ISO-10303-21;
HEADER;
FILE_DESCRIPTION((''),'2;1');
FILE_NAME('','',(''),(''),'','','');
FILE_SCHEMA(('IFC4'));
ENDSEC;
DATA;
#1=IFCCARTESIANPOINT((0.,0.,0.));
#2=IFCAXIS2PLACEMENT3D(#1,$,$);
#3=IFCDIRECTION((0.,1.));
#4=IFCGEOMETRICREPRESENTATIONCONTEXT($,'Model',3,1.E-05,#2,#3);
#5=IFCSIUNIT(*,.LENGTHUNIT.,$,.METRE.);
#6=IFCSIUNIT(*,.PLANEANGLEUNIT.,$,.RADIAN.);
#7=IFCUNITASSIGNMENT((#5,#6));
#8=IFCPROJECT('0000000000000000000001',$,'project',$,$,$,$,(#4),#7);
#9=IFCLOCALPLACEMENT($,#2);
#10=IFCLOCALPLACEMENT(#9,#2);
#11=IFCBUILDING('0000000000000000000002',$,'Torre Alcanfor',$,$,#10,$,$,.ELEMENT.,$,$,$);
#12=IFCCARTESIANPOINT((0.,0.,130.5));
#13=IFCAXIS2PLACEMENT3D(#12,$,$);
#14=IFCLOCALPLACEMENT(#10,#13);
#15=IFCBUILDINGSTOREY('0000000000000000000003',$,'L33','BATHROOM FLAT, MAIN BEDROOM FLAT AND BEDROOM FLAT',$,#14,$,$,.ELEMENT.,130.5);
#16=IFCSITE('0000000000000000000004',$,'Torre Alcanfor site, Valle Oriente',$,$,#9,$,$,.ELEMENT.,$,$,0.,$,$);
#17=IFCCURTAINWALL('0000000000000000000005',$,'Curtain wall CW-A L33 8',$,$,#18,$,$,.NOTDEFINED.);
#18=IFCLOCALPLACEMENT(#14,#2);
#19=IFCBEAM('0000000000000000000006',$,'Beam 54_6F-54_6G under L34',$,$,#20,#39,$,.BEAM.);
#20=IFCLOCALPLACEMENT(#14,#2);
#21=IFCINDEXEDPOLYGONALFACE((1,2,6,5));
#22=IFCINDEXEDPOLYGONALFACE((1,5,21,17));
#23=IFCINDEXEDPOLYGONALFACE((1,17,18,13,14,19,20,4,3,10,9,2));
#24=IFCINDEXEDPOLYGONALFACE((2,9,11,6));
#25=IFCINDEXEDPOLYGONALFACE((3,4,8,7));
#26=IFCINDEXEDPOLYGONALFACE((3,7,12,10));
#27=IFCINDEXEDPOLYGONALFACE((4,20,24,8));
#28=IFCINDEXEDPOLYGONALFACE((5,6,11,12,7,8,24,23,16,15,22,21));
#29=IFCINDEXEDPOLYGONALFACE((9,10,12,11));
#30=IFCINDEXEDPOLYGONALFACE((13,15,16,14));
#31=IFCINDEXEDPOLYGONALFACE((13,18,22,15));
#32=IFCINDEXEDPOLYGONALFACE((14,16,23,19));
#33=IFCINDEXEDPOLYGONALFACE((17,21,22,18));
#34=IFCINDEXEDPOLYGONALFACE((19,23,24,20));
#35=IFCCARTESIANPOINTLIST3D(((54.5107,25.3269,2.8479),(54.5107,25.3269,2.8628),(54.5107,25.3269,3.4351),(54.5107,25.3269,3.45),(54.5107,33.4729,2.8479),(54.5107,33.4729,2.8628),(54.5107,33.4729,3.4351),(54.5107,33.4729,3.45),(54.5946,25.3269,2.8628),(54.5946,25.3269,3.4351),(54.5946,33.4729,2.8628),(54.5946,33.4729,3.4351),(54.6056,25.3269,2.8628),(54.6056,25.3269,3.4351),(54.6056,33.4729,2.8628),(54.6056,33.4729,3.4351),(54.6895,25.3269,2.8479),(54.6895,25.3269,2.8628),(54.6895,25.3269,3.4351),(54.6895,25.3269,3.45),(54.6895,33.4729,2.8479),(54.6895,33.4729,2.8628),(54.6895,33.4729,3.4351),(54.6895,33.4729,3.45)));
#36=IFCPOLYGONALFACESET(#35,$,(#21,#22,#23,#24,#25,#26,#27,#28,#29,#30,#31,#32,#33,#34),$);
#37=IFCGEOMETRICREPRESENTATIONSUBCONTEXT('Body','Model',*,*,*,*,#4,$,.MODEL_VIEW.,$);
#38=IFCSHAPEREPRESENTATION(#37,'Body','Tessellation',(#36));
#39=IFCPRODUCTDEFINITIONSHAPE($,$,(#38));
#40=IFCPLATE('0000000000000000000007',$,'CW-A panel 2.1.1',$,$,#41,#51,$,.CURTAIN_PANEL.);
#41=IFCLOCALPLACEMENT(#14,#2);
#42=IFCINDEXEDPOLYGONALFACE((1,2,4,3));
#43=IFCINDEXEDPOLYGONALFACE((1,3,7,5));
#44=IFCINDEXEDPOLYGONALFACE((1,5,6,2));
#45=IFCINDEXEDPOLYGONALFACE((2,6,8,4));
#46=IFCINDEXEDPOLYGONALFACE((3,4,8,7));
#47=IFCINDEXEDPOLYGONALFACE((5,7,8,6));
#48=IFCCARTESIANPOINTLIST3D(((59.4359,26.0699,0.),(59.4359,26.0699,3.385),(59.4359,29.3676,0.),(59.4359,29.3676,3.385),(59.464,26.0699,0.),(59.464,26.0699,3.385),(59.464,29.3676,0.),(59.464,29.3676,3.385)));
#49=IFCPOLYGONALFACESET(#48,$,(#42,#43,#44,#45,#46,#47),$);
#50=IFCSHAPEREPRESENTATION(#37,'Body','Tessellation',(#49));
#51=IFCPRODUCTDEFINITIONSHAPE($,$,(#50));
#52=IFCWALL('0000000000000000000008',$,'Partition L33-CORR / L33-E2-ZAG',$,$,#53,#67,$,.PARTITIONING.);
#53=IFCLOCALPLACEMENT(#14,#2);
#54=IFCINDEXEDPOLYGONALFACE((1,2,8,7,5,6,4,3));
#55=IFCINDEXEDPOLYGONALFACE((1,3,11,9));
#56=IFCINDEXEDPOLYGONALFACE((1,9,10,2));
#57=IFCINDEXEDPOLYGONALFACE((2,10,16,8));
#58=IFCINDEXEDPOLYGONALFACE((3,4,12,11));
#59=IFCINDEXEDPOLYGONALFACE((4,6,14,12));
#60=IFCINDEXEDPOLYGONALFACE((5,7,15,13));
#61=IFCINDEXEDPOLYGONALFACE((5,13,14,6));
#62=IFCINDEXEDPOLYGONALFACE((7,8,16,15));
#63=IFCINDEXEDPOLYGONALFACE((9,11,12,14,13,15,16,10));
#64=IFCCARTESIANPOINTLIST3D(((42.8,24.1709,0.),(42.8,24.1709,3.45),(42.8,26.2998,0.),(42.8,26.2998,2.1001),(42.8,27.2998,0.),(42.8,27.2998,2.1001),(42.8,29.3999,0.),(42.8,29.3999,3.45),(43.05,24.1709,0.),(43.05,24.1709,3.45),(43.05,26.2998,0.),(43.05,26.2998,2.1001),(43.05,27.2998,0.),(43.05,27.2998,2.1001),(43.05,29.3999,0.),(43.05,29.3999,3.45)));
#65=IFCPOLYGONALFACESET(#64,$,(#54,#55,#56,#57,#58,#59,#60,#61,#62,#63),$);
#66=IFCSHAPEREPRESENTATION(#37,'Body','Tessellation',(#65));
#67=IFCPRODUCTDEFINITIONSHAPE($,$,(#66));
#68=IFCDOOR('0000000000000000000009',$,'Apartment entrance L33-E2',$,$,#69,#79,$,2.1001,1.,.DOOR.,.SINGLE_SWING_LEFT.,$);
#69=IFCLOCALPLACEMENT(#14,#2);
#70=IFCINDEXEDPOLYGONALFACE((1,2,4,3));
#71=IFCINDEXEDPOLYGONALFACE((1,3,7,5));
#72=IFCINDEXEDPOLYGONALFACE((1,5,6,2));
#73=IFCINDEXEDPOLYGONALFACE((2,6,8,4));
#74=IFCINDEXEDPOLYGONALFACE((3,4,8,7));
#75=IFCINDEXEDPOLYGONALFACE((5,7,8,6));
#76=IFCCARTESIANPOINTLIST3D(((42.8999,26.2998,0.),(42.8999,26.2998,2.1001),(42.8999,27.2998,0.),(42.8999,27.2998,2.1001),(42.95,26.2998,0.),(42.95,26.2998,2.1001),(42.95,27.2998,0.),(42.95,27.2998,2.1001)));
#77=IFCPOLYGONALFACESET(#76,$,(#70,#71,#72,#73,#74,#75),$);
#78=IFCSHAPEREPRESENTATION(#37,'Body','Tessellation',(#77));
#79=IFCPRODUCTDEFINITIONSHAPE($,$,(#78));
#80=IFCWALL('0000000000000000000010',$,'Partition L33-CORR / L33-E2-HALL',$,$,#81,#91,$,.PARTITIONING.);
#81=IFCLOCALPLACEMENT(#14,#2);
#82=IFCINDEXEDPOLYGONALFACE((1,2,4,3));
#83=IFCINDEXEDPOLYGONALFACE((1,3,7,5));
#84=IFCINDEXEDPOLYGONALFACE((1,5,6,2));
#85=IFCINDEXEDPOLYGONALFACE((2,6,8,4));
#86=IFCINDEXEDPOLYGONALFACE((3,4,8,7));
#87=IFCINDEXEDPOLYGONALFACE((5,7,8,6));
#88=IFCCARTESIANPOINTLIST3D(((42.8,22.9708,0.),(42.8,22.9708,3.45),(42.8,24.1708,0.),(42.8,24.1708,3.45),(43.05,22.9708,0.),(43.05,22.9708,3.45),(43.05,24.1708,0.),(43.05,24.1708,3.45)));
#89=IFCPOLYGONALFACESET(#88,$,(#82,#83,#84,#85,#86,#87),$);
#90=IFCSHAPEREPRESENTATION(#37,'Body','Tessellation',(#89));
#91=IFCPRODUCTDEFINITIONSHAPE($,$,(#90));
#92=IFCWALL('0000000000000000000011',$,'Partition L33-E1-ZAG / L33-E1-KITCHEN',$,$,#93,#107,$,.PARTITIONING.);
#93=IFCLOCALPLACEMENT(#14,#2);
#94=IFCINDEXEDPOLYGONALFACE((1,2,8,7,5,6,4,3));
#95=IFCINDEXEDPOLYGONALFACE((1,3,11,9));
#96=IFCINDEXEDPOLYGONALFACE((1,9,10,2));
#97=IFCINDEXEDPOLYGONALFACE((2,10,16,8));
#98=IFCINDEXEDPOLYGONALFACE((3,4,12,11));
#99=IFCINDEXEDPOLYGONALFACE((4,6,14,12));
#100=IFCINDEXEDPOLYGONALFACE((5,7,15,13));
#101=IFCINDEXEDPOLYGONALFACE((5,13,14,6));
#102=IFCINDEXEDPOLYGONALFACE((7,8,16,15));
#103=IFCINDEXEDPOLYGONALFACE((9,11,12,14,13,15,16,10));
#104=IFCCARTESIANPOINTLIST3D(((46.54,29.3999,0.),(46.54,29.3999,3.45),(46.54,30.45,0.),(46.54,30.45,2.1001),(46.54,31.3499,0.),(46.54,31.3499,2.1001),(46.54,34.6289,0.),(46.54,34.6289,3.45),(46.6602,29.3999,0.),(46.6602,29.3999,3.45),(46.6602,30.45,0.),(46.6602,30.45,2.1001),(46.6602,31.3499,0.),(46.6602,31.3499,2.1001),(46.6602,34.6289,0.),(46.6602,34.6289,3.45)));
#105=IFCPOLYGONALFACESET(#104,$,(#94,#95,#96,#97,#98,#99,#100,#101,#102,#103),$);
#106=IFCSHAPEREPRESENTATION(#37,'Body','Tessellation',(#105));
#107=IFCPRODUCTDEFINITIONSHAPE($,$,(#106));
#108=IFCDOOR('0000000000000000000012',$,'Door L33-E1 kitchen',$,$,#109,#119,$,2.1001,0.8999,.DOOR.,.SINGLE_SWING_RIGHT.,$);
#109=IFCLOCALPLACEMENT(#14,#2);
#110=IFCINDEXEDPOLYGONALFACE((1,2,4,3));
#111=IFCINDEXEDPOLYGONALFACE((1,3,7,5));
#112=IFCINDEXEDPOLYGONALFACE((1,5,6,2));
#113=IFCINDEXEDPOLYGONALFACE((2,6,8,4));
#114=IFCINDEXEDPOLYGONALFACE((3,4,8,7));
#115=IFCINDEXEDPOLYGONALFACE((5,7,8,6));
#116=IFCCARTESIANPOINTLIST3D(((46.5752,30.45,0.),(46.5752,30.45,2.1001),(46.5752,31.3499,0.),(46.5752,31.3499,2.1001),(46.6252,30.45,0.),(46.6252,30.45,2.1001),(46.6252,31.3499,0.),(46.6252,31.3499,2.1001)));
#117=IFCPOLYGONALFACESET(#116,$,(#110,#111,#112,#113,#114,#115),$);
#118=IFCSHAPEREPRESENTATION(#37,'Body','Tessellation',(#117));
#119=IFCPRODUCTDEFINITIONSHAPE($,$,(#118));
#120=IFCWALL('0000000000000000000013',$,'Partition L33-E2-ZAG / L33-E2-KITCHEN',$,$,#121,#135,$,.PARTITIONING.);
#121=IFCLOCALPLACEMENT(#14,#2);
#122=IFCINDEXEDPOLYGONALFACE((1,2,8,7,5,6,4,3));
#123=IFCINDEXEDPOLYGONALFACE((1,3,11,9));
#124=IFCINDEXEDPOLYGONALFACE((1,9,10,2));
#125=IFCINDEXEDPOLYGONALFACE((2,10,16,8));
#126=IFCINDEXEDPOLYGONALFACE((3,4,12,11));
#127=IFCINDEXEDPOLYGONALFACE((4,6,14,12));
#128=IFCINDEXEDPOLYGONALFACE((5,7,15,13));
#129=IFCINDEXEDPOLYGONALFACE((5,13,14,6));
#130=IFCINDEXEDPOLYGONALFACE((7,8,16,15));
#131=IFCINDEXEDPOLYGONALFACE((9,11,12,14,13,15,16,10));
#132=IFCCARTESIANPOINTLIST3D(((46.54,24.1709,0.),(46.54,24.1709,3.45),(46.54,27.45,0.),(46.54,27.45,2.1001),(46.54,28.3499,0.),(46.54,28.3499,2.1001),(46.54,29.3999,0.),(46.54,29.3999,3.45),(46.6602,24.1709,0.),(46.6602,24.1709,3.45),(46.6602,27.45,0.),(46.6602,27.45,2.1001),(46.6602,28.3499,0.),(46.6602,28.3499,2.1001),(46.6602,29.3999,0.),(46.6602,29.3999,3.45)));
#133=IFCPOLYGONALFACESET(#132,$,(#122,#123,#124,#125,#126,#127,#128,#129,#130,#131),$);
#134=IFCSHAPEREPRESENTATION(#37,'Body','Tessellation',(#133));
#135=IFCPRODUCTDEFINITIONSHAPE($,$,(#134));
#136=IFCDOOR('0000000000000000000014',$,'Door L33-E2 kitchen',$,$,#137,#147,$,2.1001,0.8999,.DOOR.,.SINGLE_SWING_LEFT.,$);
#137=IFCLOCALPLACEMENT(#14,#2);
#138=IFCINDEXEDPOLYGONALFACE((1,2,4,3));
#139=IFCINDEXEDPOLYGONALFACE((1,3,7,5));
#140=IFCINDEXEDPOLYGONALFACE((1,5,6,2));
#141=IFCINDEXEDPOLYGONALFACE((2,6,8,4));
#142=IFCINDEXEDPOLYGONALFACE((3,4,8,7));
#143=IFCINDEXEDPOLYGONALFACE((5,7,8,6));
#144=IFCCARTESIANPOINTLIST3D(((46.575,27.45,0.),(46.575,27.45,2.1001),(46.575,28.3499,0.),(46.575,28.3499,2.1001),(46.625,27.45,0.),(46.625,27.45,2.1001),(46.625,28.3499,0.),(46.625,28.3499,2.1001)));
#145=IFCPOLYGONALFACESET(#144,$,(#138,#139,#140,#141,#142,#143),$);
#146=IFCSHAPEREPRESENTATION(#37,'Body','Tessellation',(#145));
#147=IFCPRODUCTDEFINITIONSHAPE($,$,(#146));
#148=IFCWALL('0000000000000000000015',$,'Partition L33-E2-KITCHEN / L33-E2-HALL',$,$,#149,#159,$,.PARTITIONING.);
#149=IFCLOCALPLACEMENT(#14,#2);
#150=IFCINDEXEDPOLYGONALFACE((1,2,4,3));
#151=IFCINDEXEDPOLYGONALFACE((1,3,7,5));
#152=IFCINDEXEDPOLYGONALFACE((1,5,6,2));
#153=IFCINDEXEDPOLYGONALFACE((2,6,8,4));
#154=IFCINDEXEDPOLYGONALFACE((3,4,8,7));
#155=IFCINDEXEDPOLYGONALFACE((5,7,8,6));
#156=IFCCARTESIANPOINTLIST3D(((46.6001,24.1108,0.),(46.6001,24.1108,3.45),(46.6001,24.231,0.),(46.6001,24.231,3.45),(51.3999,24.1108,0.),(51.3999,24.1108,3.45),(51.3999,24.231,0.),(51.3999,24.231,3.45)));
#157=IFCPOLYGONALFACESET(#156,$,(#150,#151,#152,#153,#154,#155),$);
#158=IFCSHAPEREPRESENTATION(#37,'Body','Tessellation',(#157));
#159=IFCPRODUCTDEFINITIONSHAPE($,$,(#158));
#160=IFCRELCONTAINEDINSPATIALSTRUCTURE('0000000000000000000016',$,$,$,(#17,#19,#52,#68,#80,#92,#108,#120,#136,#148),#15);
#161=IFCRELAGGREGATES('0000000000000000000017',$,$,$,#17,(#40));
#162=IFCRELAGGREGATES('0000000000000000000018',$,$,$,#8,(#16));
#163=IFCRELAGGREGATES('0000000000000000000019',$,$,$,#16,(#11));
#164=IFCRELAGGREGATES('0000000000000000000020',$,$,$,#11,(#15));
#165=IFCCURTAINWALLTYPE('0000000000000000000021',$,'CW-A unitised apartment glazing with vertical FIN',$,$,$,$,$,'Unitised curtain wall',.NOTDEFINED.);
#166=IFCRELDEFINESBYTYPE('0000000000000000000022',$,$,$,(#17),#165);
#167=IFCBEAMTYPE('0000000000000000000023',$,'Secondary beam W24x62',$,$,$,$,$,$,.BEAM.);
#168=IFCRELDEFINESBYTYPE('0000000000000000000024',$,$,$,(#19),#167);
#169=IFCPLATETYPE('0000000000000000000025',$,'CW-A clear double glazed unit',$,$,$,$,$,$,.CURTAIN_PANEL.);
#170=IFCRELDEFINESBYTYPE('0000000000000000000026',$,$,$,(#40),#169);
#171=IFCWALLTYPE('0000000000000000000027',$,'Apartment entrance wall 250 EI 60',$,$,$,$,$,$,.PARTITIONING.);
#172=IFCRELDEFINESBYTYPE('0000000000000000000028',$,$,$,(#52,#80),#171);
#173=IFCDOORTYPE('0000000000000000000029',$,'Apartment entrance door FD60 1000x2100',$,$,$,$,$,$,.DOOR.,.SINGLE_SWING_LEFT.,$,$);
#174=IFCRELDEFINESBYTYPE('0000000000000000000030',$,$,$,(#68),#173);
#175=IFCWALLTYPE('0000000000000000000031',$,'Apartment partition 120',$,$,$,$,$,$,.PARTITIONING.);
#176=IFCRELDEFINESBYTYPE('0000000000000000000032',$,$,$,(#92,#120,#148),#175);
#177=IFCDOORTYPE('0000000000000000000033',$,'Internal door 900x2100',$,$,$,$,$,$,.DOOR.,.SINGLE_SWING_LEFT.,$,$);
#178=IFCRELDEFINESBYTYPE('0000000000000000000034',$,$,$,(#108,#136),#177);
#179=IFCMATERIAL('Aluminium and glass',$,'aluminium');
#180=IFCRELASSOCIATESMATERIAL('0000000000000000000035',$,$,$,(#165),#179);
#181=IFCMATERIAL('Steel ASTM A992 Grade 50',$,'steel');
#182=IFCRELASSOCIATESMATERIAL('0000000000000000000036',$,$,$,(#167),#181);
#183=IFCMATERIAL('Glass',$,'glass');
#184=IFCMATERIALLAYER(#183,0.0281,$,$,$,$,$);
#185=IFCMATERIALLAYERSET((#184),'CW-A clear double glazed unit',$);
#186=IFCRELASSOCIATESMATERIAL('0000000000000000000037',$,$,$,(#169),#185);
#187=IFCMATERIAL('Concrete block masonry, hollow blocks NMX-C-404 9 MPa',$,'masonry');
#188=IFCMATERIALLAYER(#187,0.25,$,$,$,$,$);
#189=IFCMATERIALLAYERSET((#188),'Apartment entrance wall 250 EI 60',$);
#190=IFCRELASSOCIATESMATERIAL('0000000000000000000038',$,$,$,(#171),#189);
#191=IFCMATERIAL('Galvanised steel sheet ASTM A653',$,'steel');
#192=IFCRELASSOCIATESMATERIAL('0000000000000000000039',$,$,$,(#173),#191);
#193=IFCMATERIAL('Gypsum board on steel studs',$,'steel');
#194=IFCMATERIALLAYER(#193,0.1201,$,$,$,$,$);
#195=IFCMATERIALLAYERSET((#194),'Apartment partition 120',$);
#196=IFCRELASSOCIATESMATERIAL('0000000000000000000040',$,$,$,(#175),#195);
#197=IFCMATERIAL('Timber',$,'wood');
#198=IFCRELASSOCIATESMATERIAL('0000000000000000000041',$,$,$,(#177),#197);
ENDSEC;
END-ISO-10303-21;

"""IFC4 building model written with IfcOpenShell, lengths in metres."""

from ifc_helpers import new_model, si_unit, direction, frame, frame_2d, origin, origin_2d, place, context, subcontext, project, spatial, rectangle, i_section, extrude, material, layer, layer_set, material_profile, profile_set, type_object, element, fill, aggregate, save


model = new_model("IFC4")

# Units and contexts
model_context = context("Model", 3, precision=1e-05, world=origin(), true_north=direction((0.0, 1.0)))
body_context = subcontext(model_context, "Body", "Model", "MODEL_VIEW")
ifc_project = project(units=[si_unit("LENGTHUNIT", "METRE"), si_unit("PLANEANGLEUNIT", "RADIAN")], contexts=[model_context])

# Site, building, storey
site_placement = place(None, origin())
site = spatial("IfcSite", under=ifc_project, at=site_placement, Name="Torre Alcanfor site, Valle Oriente", CompositionType="ELEMENT", RefElevation=0.0)
building_placement = place(site_placement, origin())
building = spatial("IfcBuilding", under=site, at=building_placement, Name="Torre Alcanfor", CompositionType="ELEMENT")
storey_placement = place(building_placement, frame((0.0, 0.0, 130.5)))
storey = spatial("IfcBuildingStorey", under=building, at=storey_placement, Name="L33", Description="BATHROOM FLAT, MAIN BEDROOM FLAT AND BEDROOM FLAT", CompositionType="ELEMENT", Elevation=130.5)

# Curtain wall
ifc_material_1 = material(Name="Aluminium and glass", Category="aluminium")
curtain_wall_type = type_object("IfcCurtainWallType", Name="CW-A unitised apartment glazing with vertical FIN", ElementType="Unitised curtain wall", PredefinedType="NOTDEFINED", material=ifc_material_1)
curtain_wall_placement = place(storey_placement, origin())
curtain_wall = element("IfcCurtainWall", 1, at=curtain_wall_placement, inside=storey, type_object=curtain_wall_type, Name="Curtain wall CW-A L33 8", PredefinedType="NOTDEFINED")

# Beam
ifc_material_2 = material(Name="Steel ASTM A992 Grade 50", Category="steel")
ifc_material_profile_1 = material_profile(ifc_material_2, i_section(OverallWidth=0.1787, OverallDepth=0.6021, WebThickness=0.011, FlangeThickness=0.0149, at=origin_2d()), Name="W24x62")
ifc_profile_set_1 = profile_set([ifc_material_profile_1], Name="Steel ASTM A992 Grade 50")
beam_type_1 = type_object("IfcBeamType", Name="Secondary beam W24x62", PredefinedType="BEAM", material=ifc_profile_set_1)
for number, where, z_axis, x_axis, name in (
    (2, (54.6001, 25.3269, 3.1489), (0.0, 1.0, 0.0), (-1.0, 0.0, 0.0), "Beam 54_6F-54_6G under L34"),
):
    element("IfcBeam", number, at=place(storey_placement, frame(where, z_axis=z_axis, x_axis=x_axis)), inside=storey, type_object=beam_type_1, Name=name, PredefinedType="BEAM", context=body_context, shape_type="SweptSolid", body=[
        extrude(i_section(OverallWidth=0.1787, OverallDepth=0.6021, WebThickness=0.011, FlangeThickness=0.0149, at=origin_2d()), origin(), (0.0, 0.0, 1.0), 8.146),
    ])

# Plate
ifc_material_3 = material(Name="Glass", Category="glass")
ifc_layer_1 = layer(ifc_material_3, 0.0281)
ifc_layer_set_1 = layer_set([ifc_layer_1], Name="CW-A clear double glazed unit")
plate_type = type_object("IfcPlateType", Name="CW-A clear double glazed unit", PredefinedType="CURTAIN_PANEL", material=ifc_layer_set_1)
plate_placement = place(storey_placement, frame((59.45, 27.7188, 0.0), z_axis=(0.0, 0.0, 1.0), x_axis=(0.0, 1.0, 0.0)))
plate = element("IfcPlate", 3, at=plate_placement, type_object=plate_type, Name="CW-A panel 2.1.1", PredefinedType="CURTAIN_PANEL", context=body_context, shape_type="SweptSolid", body=[
    extrude(rectangle(XDim=3.2976, YDim=0.0281, at=origin_2d()), origin(), (0.0, 0.0, 1.0), 3.385),
])
aggregate(curtain_wall, [plate])

# Wall, opening, door
ifc_material_4 = material(Name="Concrete block masonry, hollow blocks NMX-C-404 9 MPa", Category="masonry")
ifc_layer_2 = layer(ifc_material_4, 0.25)
ifc_layer_set_2 = layer_set([ifc_layer_2], Name="Apartment entrance wall 250 EI 60")
wall_type_1 = type_object("IfcWallType", Name="Apartment entrance wall 250 EI 60", PredefinedType="PARTITIONING", material=ifc_layer_set_2)
wall_1_placement = place(storey_placement, frame((42.925, 29.3999, 0.0), z_axis=(0.0, 0.0, 1.0), x_axis=(0.0, -1.0, 0.0)))
wall_1 = element("IfcWall", 4, at=wall_1_placement, inside=storey, type_object=wall_type_1, Name="Partition L33-CORR / L33-E2-ZAG", PredefinedType="PARTITIONING", context=body_context, shape_type="SweptSolid", body=[
    extrude(rectangle(XDim=5.229, YDim=0.25, at=frame_2d((2.6145, 0.0))), origin(), (0.0, 0.0, 1.0), 3.45),
])
opening_1_placement = place(wall_1_placement, frame((2.1001, 0.0, 0.0)))
opening_1 = element("IfcOpeningElement", 5, at=opening_1_placement, cuts=wall_1, PredefinedType="OPENING", context=body_context, shape_type="SweptSolid", body=[
    extrude(rectangle(XDim=1.0, YDim=2.1001, at=frame_2d((0.5, 1.05))), frame((0.0, 0.135, 0.0), z_axis=(0.0, -1.0, 0.0), x_axis=(1.0, 0.0, 0.0)), (0.0, 0.0, 1.0), 0.27),
])
ifc_material_5 = material(Name="Galvanised steel sheet ASTM A653", Category="steel")
door_type_1 = type_object("IfcDoorType", Name="Apartment entrance door FD60 1000x2100", OperationType="SINGLE_SWING_LEFT", PredefinedType="DOOR", material=ifc_material_5)
door_1_placement = place(opening_1_placement, origin())
door_1 = element("IfcDoor", 6, at=door_1_placement, inside=storey, type_object=door_type_1, Name="Apartment entrance L33-E2", OperationType="SINGLE_SWING_LEFT", OverallHeight=2.1001, OverallWidth=1.0, PredefinedType="DOOR", context=body_context, shape_type="SweptSolid", body=[
    extrude(rectangle(XDim=1.0, YDim=2.1001, at=frame_2d((0.5, 1.05))), frame((0.0, 0.0249, 0.0), z_axis=(0.0, -1.0, 0.0), x_axis=(1.0, 0.0, 0.0)), (0.0, 0.0, 1.0), 0.05),
])
fill(opening_1, door_1)

# Wall
wall_2_placement = place(storey_placement, frame((42.925, 24.1709, 0.0), z_axis=(0.0, 0.0, 1.0), x_axis=(0.0, -1.0, 0.0)))
element("IfcWall", 7, at=wall_2_placement, inside=storey, type_object=wall_type_1, Name="Partition L33-CORR / L33-E2-HALL", PredefinedType="PARTITIONING", context=body_context, shape_type="SweptSolid", body=[
    extrude(rectangle(XDim=1.2, YDim=0.25, at=frame_2d((0.6001, 0.0))), origin(), (0.0, 0.0, 1.0), 3.45),
])

# Walls, openings, doors
ifc_material_6 = material(Name="Gypsum board on steel studs", Category="steel")
ifc_layer_3 = layer(ifc_material_6, 0.1201)
ifc_layer_set_3 = layer_set([ifc_layer_3], Name="Apartment partition 120")
wall_type_2 = type_object("IfcWallType", Name="Apartment partition 120", PredefinedType="PARTITIONING", material=ifc_layer_set_3)
wall_3_placement = place(storey_placement, frame((46.6001, 29.3999, 0.0), z_axis=(0.0, 0.0, 1.0), x_axis=(0.0, 1.0, 0.0)))
wall_3 = element("IfcWall", 8, at=wall_3_placement, inside=storey, type_object=wall_type_2, Name="Partition L33-E1-ZAG / L33-E1-KITCHEN", PredefinedType="PARTITIONING", context=body_context, shape_type="SweptSolid", body=[
    extrude(rectangle(XDim=5.229, YDim=0.1201, at=frame_2d((2.6145, 0.0))), origin(), (0.0, 0.0, 1.0), 3.45),
])
opening_2_placement = place(wall_3_placement, frame((1.05, 0.0, 0.0)))
opening_2 = element("IfcOpeningElement", 9, at=opening_2_placement, cuts=wall_3, PredefinedType="OPENING", context=body_context, shape_type="SweptSolid", body=[
    extrude(rectangle(XDim=0.8999, YDim=2.1001, at=frame_2d((0.45, 1.05))), frame((0.0, 0.0701, 0.0), z_axis=(0.0, -1.0, 0.0), x_axis=(1.0, 0.0, 0.0)), (0.0, 0.0, 1.0), 0.1401),
])
ifc_material_7 = material(Name="Timber", Category="wood")
door_type_2 = type_object("IfcDoorType", Name="Internal door 900x2100", OperationType="SINGLE_SWING_LEFT", PredefinedType="DOOR", material=ifc_material_7)
door_2_placement = place(opening_2_placement, frame((0.8999, 0.0, 0.0), z_axis=(0.0, 0.0, 1.0), x_axis=(-1.0, 0.0, 0.0)))
door_2 = element("IfcDoor", 10, at=door_2_placement, inside=storey, type_object=door_type_2, Name="Door L33-E1 kitchen", OperationType="SINGLE_SWING_RIGHT", OverallHeight=2.1001, OverallWidth=0.8999, PredefinedType="DOOR", context=body_context, shape_type="SweptSolid", body=[
    extrude(rectangle(XDim=0.8999, YDim=2.1001, at=frame_2d((0.45, 1.05))), frame((0.0, 0.0251, 0.0), z_axis=(0.0, -1.0, 0.0), x_axis=(1.0, 0.0, 0.0)), (0.0, 0.0, 1.0), 0.05),
])
fill(opening_2, door_2)
wall_4_placement = place(storey_placement, frame((46.6001, 29.3999, 0.0), z_axis=(0.0, 0.0, 1.0), x_axis=(0.0, -1.0, 0.0)))
wall_4 = element("IfcWall", 11, at=wall_4_placement, inside=storey, type_object=wall_type_2, Name="Partition L33-E2-ZAG / L33-E2-KITCHEN", PredefinedType="PARTITIONING", context=body_context, shape_type="SweptSolid", body=[
    extrude(rectangle(XDim=5.229, YDim=0.1201, at=frame_2d((2.6145, 0.0))), origin(), (0.0, 0.0, 1.0), 3.45),
])
opening_3_placement = place(wall_4_placement, frame((1.05, 0.0, 0.0)))
opening_3 = element("IfcOpeningElement", 12, at=opening_3_placement, cuts=wall_4, PredefinedType="OPENING", context=body_context, shape_type="SweptSolid", body=[
    extrude(rectangle(XDim=0.8999, YDim=2.1001, at=frame_2d((0.45, 1.05))), frame((0.0, 0.0701, 0.0), z_axis=(0.0, -1.0, 0.0), x_axis=(1.0, 0.0, 0.0)), (0.0, 0.0, 1.0), 0.1401),
])
door_3_placement = place(opening_3_placement, origin())
door_3 = element("IfcDoor", 13, at=door_3_placement, inside=storey, type_object=door_type_2, Name="Door L33-E2 kitchen", OperationType="SINGLE_SWING_LEFT", OverallHeight=2.1001, OverallWidth=0.8999, PredefinedType="DOOR", context=body_context, shape_type="SweptSolid", body=[
    extrude(rectangle(XDim=0.8999, YDim=2.1001, at=frame_2d((0.45, 1.05))), frame((0.0, 0.0249, 0.0), z_axis=(0.0, -1.0, 0.0), x_axis=(1.0, 0.0, 0.0)), (0.0, 0.0, 1.0), 0.05),
])
fill(opening_3, door_3)

# Wall
wall_5_placement = place(storey_placement, frame((51.3999, 24.1709, 0.0), z_axis=(0.0, 0.0, 1.0), x_axis=(-1.0, 0.0, 0.0)))
element("IfcWall", 14, at=wall_5_placement, inside=storey, type_object=wall_type_2, Name="Partition L33-E2-KITCHEN / L33-E2-HALL", PredefinedType="PARTITIONING", context=body_context, shape_type="SweptSolid", body=[
    extrude(rectangle(XDim=4.7998, YDim=0.1201, at=frame_2d((2.3999, 0.0))), origin(), (0.0, 0.0, 1.0), 3.45),
])

save(model, "model.ifc")
